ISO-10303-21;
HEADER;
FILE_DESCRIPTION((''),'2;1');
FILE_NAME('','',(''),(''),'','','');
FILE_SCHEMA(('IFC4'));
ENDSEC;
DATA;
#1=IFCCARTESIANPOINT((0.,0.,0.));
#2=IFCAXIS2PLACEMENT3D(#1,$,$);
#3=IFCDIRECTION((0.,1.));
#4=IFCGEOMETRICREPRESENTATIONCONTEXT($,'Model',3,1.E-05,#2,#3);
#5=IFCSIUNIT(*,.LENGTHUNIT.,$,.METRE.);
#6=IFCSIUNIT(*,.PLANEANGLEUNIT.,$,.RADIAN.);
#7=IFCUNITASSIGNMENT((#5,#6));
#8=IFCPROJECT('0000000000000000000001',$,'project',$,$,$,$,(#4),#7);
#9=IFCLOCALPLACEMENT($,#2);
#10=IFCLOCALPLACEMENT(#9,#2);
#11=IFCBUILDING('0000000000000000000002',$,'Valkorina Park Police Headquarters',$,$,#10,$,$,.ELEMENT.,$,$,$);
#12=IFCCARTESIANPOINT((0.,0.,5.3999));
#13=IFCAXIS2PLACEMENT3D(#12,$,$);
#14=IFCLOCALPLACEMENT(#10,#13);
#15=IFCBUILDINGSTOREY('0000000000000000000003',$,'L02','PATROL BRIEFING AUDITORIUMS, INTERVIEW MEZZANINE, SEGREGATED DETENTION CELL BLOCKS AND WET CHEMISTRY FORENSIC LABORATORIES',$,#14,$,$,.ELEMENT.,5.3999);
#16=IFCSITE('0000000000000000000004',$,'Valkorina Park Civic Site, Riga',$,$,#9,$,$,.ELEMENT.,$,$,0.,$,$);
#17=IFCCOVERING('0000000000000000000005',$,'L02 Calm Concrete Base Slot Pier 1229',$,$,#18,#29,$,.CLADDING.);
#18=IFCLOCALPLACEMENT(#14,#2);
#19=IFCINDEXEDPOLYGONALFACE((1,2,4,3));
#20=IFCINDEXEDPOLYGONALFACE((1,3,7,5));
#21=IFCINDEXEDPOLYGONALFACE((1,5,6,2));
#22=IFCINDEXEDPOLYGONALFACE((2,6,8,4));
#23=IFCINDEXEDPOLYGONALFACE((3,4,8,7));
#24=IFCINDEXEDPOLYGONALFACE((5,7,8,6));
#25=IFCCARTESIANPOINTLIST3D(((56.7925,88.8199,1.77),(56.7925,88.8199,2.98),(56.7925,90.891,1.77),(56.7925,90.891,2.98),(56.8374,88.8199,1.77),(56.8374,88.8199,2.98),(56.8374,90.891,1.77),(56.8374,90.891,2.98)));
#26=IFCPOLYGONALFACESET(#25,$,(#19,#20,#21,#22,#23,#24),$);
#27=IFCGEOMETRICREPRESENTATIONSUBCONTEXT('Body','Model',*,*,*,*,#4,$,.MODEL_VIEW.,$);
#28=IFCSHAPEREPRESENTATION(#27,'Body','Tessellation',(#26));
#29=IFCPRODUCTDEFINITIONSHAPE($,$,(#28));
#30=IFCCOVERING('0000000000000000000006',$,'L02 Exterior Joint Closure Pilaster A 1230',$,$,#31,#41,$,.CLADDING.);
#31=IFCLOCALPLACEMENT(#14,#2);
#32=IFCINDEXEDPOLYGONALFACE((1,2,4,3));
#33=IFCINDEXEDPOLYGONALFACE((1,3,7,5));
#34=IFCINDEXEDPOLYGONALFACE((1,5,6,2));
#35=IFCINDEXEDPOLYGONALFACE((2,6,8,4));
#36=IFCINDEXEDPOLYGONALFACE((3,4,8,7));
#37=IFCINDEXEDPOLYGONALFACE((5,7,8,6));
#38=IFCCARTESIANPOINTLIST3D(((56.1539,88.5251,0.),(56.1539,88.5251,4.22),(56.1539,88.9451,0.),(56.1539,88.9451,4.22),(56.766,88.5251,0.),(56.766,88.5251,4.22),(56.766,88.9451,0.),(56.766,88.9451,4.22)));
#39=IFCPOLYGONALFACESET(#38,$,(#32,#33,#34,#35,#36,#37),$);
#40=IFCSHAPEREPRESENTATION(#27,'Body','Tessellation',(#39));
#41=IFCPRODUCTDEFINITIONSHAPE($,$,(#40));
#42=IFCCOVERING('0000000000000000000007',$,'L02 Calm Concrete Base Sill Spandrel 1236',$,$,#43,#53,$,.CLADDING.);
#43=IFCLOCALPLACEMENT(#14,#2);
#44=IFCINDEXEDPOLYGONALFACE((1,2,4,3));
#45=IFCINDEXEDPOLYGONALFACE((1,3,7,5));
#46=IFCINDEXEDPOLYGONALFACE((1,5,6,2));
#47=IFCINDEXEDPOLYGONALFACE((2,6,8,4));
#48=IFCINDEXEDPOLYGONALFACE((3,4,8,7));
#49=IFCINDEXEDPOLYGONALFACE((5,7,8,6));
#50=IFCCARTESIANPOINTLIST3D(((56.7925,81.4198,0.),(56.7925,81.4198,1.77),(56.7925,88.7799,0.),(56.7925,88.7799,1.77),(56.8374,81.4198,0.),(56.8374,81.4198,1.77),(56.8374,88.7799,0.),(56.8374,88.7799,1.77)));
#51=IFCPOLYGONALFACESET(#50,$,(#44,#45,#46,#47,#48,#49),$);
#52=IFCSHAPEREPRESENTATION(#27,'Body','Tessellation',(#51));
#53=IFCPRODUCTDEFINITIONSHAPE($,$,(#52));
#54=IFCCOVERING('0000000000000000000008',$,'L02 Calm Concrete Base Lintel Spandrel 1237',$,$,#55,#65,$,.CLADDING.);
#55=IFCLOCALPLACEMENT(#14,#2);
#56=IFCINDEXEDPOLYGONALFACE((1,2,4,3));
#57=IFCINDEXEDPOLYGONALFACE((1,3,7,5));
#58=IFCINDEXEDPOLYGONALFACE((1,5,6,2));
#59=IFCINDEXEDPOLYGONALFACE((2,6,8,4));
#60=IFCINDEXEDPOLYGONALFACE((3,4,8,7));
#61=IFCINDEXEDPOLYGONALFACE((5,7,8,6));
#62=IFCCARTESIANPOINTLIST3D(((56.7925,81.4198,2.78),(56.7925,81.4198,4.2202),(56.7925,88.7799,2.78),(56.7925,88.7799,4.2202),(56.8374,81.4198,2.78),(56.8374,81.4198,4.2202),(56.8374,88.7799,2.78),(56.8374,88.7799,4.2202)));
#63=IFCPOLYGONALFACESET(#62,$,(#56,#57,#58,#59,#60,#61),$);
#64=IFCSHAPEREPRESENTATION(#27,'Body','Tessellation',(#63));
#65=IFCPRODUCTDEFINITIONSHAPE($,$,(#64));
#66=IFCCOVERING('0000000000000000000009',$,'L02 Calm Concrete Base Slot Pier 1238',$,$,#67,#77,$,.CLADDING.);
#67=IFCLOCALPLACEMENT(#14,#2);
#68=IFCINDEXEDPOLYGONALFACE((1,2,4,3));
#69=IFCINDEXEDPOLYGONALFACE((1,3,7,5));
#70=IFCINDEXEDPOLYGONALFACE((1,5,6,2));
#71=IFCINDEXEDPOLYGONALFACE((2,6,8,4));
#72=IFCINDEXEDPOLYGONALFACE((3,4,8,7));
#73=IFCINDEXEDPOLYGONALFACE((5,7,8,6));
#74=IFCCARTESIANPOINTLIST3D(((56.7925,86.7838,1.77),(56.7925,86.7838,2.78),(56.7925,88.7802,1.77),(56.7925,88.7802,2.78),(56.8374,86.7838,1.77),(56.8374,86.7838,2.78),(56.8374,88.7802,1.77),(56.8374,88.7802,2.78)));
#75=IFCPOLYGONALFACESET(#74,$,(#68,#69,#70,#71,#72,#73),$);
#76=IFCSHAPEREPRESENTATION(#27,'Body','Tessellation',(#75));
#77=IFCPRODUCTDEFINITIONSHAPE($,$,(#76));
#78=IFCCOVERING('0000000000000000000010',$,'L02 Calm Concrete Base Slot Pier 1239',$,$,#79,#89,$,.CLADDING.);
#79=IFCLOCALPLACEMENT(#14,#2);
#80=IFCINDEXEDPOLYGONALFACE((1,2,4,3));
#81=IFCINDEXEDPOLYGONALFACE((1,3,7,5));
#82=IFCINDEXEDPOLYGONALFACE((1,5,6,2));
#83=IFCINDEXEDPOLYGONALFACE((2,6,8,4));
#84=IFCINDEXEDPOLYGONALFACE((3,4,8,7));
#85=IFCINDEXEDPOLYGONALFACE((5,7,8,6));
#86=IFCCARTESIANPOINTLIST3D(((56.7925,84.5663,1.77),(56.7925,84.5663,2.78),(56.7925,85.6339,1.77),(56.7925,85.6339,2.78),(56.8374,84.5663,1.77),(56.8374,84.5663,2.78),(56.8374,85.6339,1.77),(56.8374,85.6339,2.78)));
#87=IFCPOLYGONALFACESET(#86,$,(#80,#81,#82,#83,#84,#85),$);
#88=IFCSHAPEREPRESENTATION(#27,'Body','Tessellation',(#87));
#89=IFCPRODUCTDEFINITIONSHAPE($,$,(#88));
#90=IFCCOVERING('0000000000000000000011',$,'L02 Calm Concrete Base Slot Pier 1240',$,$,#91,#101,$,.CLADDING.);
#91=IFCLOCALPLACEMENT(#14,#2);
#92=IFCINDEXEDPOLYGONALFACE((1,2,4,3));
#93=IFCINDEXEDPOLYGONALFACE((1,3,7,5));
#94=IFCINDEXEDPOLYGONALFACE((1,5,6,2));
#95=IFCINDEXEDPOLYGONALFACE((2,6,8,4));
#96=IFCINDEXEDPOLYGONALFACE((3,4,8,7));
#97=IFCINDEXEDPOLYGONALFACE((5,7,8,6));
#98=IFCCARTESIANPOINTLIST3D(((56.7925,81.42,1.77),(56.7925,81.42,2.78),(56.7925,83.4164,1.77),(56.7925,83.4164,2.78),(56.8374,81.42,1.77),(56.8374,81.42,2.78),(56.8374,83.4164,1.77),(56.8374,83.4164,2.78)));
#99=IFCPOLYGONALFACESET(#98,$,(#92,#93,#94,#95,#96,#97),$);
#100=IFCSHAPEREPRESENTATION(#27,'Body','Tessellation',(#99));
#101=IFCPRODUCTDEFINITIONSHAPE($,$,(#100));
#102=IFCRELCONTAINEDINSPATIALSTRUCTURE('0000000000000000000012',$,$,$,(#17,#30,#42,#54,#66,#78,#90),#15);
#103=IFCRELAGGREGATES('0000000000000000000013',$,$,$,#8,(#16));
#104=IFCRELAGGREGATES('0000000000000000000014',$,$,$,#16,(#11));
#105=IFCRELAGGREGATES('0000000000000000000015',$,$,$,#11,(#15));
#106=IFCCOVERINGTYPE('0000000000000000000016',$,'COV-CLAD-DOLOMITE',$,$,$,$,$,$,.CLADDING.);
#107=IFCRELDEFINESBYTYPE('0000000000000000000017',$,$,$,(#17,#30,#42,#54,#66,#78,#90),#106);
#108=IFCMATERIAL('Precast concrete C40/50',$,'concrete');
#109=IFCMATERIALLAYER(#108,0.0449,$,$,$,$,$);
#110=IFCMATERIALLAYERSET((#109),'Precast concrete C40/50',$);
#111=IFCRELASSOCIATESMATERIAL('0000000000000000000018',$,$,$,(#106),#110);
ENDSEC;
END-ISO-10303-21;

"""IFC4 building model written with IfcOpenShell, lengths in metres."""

from ifc_helpers import new_model, si_unit, direction, frame, frame_2d, origin, origin_2d, place, context, subcontext, project, spatial, rectangle, extrude, material, layer, layer_set, type_object, element, save


model = new_model("IFC4")

# Units and contexts
model_context = context("Model", 3, precision=1e-05, world=origin(), true_north=direction((0.0, 1.0)))
body_context = subcontext(model_context, "Body", "Model", "MODEL_VIEW")
ifc_project = project(units=[si_unit("LENGTHUNIT", "METRE"), si_unit("PLANEANGLEUNIT", "RADIAN")], contexts=[model_context])

# Site, building, storey
site_placement = place(None, origin())
site = spatial("IfcSite", under=ifc_project, at=site_placement, Name="Valkorina Park Civic Site, Riga", CompositionType="ELEMENT", RefElevation=0.0)
building_placement = place(site_placement, origin())
building = spatial("IfcBuilding", under=site, at=building_placement, Name="Valkorina Park Police Headquarters", CompositionType="ELEMENT")
storey_placement = place(building_placement, frame((0.0, 0.0, 5.3999)))
storey = spatial("IfcBuildingStorey", under=building, at=storey_placement, Name="L02", Description="PATROL BRIEFING AUDITORIUMS, INTERVIEW MEZZANINE, SEGREGATED DETENTION CELL BLOCKS AND WET CHEMISTRY FORENSIC LABORATORIES", CompositionType="ELEMENT", Elevation=5.3999)

# Shared definitions
ifc_material_1 = material(Name="Precast concrete C40/50", Category="concrete")

# Coverings
ifc_layer_1 = layer(ifc_material_1, 0.0449)
ifc_layer_set_1 = layer_set([ifc_layer_1], Name="Precast concrete C40/50")
covering_type = type_object("IfcCoveringType", Name="COV-CLAD-DOLOMITE", PredefinedType="CLADDING", material=ifc_layer_set_1)
covering_1_placement = place(storey_placement, frame((56.8149, 90.8911, 1.77), z_axis=(0.0, 0.0, 1.0), x_axis=(0.0, -1.0, 0.0)))
element("IfcCovering", 1, at=covering_1_placement, inside=storey, type_object=covering_type, Name="L02 Calm Concrete Base Slot Pier 1229", PredefinedType="CLADDING", context=body_context, shape_type="SweptSolid", body=[
    extrude(rectangle(XDim=2.071, YDim=0.0449, at=frame_2d((1.0356, 0.0))), origin(), (0.0, 0.0, 1.0), 1.21),
])
covering_2_placement = place(storey_placement, frame((56.46, 88.7351, 0.0), z_axis=(0.0, 0.0, 1.0), x_axis=(0.0, 1.0, 0.0)))
element("IfcCovering", 2, at=covering_2_placement, inside=storey, type_object=covering_type, Name="L02 Exterior Joint Closure Pilaster A 1230", PredefinedType="CLADDING", context=body_context, shape_type="SweptSolid", body=[
    extrude(rectangle(XDim=0.4199, YDim=0.6121, at=origin_2d()), origin(), (0.0, 0.0, 1.0), 4.22),
])
covering_3_placement = place(storey_placement, frame((56.8149, 88.78, 0.0), z_axis=(0.0, 0.0, 1.0), x_axis=(0.0, -1.0, 0.0)))
element("IfcCovering", 3, at=covering_3_placement, inside=storey, type_object=covering_type, Name="L02 Calm Concrete Base Sill Spandrel 1236", PredefinedType="CLADDING", context=body_context, shape_type="SweptSolid", body=[
    extrude(rectangle(XDim=7.3601, YDim=0.0449, at=frame_2d((3.6802, 0.0))), origin(), (0.0, 0.0, 1.0), 1.77),
])
covering_4_placement = place(storey_placement, frame((56.8149, 88.78, 2.78), z_axis=(0.0, 0.0, 1.0), x_axis=(0.0, -1.0, 0.0)))
element("IfcCovering", 4, at=covering_4_placement, inside=storey, type_object=covering_type, Name="L02 Calm Concrete Base Lintel Spandrel 1237", PredefinedType="CLADDING", context=body_context, shape_type="SweptSolid", body=[
    extrude(rectangle(XDim=7.3601, YDim=0.0449, at=frame_2d((3.6802, 0.0))), origin(), (0.0, 0.0, 1.0), 1.4402),
])
covering_5_placement = place(storey_placement, frame((56.8149, 88.78, 1.77), z_axis=(0.0, 0.0, 1.0), x_axis=(0.0, -1.0, 0.0)))
element("IfcCovering", 5, at=covering_5_placement, inside=storey, type_object=covering_type, Name="L02 Calm Concrete Base Slot Pier 1238", PredefinedType="CLADDING", context=body_context, shape_type="SweptSolid", body=[
    extrude(rectangle(XDim=1.9963, YDim=0.0449, at=frame_2d((0.998, 0.0))), origin(), (0.0, 0.0, 1.0), 1.01),
])
covering_6_placement = place(storey_placement, frame((56.8149, 85.6338, 1.77), z_axis=(0.0, 0.0, 1.0), x_axis=(0.0, -1.0, 0.0)))
element("IfcCovering", 6, at=covering_6_placement, inside=storey, type_object=covering_type, Name="L02 Calm Concrete Base Slot Pier 1239", PredefinedType="CLADDING", context=body_context, shape_type="SweptSolid", body=[
    extrude(rectangle(XDim=1.0676, YDim=0.0449, at=frame_2d((0.5337, 0.0))), origin(), (0.0, 0.0, 1.0), 1.01),
])
covering_7_placement = place(storey_placement, frame((56.8149, 83.4163, 1.77), z_axis=(0.0, 0.0, 1.0), x_axis=(0.0, -1.0, 0.0)))
element("IfcCovering", 7, at=covering_7_placement, inside=storey, type_object=covering_type, Name="L02 Calm Concrete Base Slot Pier 1240", PredefinedType="CLADDING", context=body_context, shape_type="SweptSolid", body=[
    extrude(rectangle(XDim=1.9963, YDim=0.0449, at=frame_2d((0.998, 0.0))), origin(), (0.0, 0.0, 1.0), 1.01),
])

save(model, "model.ifc")
